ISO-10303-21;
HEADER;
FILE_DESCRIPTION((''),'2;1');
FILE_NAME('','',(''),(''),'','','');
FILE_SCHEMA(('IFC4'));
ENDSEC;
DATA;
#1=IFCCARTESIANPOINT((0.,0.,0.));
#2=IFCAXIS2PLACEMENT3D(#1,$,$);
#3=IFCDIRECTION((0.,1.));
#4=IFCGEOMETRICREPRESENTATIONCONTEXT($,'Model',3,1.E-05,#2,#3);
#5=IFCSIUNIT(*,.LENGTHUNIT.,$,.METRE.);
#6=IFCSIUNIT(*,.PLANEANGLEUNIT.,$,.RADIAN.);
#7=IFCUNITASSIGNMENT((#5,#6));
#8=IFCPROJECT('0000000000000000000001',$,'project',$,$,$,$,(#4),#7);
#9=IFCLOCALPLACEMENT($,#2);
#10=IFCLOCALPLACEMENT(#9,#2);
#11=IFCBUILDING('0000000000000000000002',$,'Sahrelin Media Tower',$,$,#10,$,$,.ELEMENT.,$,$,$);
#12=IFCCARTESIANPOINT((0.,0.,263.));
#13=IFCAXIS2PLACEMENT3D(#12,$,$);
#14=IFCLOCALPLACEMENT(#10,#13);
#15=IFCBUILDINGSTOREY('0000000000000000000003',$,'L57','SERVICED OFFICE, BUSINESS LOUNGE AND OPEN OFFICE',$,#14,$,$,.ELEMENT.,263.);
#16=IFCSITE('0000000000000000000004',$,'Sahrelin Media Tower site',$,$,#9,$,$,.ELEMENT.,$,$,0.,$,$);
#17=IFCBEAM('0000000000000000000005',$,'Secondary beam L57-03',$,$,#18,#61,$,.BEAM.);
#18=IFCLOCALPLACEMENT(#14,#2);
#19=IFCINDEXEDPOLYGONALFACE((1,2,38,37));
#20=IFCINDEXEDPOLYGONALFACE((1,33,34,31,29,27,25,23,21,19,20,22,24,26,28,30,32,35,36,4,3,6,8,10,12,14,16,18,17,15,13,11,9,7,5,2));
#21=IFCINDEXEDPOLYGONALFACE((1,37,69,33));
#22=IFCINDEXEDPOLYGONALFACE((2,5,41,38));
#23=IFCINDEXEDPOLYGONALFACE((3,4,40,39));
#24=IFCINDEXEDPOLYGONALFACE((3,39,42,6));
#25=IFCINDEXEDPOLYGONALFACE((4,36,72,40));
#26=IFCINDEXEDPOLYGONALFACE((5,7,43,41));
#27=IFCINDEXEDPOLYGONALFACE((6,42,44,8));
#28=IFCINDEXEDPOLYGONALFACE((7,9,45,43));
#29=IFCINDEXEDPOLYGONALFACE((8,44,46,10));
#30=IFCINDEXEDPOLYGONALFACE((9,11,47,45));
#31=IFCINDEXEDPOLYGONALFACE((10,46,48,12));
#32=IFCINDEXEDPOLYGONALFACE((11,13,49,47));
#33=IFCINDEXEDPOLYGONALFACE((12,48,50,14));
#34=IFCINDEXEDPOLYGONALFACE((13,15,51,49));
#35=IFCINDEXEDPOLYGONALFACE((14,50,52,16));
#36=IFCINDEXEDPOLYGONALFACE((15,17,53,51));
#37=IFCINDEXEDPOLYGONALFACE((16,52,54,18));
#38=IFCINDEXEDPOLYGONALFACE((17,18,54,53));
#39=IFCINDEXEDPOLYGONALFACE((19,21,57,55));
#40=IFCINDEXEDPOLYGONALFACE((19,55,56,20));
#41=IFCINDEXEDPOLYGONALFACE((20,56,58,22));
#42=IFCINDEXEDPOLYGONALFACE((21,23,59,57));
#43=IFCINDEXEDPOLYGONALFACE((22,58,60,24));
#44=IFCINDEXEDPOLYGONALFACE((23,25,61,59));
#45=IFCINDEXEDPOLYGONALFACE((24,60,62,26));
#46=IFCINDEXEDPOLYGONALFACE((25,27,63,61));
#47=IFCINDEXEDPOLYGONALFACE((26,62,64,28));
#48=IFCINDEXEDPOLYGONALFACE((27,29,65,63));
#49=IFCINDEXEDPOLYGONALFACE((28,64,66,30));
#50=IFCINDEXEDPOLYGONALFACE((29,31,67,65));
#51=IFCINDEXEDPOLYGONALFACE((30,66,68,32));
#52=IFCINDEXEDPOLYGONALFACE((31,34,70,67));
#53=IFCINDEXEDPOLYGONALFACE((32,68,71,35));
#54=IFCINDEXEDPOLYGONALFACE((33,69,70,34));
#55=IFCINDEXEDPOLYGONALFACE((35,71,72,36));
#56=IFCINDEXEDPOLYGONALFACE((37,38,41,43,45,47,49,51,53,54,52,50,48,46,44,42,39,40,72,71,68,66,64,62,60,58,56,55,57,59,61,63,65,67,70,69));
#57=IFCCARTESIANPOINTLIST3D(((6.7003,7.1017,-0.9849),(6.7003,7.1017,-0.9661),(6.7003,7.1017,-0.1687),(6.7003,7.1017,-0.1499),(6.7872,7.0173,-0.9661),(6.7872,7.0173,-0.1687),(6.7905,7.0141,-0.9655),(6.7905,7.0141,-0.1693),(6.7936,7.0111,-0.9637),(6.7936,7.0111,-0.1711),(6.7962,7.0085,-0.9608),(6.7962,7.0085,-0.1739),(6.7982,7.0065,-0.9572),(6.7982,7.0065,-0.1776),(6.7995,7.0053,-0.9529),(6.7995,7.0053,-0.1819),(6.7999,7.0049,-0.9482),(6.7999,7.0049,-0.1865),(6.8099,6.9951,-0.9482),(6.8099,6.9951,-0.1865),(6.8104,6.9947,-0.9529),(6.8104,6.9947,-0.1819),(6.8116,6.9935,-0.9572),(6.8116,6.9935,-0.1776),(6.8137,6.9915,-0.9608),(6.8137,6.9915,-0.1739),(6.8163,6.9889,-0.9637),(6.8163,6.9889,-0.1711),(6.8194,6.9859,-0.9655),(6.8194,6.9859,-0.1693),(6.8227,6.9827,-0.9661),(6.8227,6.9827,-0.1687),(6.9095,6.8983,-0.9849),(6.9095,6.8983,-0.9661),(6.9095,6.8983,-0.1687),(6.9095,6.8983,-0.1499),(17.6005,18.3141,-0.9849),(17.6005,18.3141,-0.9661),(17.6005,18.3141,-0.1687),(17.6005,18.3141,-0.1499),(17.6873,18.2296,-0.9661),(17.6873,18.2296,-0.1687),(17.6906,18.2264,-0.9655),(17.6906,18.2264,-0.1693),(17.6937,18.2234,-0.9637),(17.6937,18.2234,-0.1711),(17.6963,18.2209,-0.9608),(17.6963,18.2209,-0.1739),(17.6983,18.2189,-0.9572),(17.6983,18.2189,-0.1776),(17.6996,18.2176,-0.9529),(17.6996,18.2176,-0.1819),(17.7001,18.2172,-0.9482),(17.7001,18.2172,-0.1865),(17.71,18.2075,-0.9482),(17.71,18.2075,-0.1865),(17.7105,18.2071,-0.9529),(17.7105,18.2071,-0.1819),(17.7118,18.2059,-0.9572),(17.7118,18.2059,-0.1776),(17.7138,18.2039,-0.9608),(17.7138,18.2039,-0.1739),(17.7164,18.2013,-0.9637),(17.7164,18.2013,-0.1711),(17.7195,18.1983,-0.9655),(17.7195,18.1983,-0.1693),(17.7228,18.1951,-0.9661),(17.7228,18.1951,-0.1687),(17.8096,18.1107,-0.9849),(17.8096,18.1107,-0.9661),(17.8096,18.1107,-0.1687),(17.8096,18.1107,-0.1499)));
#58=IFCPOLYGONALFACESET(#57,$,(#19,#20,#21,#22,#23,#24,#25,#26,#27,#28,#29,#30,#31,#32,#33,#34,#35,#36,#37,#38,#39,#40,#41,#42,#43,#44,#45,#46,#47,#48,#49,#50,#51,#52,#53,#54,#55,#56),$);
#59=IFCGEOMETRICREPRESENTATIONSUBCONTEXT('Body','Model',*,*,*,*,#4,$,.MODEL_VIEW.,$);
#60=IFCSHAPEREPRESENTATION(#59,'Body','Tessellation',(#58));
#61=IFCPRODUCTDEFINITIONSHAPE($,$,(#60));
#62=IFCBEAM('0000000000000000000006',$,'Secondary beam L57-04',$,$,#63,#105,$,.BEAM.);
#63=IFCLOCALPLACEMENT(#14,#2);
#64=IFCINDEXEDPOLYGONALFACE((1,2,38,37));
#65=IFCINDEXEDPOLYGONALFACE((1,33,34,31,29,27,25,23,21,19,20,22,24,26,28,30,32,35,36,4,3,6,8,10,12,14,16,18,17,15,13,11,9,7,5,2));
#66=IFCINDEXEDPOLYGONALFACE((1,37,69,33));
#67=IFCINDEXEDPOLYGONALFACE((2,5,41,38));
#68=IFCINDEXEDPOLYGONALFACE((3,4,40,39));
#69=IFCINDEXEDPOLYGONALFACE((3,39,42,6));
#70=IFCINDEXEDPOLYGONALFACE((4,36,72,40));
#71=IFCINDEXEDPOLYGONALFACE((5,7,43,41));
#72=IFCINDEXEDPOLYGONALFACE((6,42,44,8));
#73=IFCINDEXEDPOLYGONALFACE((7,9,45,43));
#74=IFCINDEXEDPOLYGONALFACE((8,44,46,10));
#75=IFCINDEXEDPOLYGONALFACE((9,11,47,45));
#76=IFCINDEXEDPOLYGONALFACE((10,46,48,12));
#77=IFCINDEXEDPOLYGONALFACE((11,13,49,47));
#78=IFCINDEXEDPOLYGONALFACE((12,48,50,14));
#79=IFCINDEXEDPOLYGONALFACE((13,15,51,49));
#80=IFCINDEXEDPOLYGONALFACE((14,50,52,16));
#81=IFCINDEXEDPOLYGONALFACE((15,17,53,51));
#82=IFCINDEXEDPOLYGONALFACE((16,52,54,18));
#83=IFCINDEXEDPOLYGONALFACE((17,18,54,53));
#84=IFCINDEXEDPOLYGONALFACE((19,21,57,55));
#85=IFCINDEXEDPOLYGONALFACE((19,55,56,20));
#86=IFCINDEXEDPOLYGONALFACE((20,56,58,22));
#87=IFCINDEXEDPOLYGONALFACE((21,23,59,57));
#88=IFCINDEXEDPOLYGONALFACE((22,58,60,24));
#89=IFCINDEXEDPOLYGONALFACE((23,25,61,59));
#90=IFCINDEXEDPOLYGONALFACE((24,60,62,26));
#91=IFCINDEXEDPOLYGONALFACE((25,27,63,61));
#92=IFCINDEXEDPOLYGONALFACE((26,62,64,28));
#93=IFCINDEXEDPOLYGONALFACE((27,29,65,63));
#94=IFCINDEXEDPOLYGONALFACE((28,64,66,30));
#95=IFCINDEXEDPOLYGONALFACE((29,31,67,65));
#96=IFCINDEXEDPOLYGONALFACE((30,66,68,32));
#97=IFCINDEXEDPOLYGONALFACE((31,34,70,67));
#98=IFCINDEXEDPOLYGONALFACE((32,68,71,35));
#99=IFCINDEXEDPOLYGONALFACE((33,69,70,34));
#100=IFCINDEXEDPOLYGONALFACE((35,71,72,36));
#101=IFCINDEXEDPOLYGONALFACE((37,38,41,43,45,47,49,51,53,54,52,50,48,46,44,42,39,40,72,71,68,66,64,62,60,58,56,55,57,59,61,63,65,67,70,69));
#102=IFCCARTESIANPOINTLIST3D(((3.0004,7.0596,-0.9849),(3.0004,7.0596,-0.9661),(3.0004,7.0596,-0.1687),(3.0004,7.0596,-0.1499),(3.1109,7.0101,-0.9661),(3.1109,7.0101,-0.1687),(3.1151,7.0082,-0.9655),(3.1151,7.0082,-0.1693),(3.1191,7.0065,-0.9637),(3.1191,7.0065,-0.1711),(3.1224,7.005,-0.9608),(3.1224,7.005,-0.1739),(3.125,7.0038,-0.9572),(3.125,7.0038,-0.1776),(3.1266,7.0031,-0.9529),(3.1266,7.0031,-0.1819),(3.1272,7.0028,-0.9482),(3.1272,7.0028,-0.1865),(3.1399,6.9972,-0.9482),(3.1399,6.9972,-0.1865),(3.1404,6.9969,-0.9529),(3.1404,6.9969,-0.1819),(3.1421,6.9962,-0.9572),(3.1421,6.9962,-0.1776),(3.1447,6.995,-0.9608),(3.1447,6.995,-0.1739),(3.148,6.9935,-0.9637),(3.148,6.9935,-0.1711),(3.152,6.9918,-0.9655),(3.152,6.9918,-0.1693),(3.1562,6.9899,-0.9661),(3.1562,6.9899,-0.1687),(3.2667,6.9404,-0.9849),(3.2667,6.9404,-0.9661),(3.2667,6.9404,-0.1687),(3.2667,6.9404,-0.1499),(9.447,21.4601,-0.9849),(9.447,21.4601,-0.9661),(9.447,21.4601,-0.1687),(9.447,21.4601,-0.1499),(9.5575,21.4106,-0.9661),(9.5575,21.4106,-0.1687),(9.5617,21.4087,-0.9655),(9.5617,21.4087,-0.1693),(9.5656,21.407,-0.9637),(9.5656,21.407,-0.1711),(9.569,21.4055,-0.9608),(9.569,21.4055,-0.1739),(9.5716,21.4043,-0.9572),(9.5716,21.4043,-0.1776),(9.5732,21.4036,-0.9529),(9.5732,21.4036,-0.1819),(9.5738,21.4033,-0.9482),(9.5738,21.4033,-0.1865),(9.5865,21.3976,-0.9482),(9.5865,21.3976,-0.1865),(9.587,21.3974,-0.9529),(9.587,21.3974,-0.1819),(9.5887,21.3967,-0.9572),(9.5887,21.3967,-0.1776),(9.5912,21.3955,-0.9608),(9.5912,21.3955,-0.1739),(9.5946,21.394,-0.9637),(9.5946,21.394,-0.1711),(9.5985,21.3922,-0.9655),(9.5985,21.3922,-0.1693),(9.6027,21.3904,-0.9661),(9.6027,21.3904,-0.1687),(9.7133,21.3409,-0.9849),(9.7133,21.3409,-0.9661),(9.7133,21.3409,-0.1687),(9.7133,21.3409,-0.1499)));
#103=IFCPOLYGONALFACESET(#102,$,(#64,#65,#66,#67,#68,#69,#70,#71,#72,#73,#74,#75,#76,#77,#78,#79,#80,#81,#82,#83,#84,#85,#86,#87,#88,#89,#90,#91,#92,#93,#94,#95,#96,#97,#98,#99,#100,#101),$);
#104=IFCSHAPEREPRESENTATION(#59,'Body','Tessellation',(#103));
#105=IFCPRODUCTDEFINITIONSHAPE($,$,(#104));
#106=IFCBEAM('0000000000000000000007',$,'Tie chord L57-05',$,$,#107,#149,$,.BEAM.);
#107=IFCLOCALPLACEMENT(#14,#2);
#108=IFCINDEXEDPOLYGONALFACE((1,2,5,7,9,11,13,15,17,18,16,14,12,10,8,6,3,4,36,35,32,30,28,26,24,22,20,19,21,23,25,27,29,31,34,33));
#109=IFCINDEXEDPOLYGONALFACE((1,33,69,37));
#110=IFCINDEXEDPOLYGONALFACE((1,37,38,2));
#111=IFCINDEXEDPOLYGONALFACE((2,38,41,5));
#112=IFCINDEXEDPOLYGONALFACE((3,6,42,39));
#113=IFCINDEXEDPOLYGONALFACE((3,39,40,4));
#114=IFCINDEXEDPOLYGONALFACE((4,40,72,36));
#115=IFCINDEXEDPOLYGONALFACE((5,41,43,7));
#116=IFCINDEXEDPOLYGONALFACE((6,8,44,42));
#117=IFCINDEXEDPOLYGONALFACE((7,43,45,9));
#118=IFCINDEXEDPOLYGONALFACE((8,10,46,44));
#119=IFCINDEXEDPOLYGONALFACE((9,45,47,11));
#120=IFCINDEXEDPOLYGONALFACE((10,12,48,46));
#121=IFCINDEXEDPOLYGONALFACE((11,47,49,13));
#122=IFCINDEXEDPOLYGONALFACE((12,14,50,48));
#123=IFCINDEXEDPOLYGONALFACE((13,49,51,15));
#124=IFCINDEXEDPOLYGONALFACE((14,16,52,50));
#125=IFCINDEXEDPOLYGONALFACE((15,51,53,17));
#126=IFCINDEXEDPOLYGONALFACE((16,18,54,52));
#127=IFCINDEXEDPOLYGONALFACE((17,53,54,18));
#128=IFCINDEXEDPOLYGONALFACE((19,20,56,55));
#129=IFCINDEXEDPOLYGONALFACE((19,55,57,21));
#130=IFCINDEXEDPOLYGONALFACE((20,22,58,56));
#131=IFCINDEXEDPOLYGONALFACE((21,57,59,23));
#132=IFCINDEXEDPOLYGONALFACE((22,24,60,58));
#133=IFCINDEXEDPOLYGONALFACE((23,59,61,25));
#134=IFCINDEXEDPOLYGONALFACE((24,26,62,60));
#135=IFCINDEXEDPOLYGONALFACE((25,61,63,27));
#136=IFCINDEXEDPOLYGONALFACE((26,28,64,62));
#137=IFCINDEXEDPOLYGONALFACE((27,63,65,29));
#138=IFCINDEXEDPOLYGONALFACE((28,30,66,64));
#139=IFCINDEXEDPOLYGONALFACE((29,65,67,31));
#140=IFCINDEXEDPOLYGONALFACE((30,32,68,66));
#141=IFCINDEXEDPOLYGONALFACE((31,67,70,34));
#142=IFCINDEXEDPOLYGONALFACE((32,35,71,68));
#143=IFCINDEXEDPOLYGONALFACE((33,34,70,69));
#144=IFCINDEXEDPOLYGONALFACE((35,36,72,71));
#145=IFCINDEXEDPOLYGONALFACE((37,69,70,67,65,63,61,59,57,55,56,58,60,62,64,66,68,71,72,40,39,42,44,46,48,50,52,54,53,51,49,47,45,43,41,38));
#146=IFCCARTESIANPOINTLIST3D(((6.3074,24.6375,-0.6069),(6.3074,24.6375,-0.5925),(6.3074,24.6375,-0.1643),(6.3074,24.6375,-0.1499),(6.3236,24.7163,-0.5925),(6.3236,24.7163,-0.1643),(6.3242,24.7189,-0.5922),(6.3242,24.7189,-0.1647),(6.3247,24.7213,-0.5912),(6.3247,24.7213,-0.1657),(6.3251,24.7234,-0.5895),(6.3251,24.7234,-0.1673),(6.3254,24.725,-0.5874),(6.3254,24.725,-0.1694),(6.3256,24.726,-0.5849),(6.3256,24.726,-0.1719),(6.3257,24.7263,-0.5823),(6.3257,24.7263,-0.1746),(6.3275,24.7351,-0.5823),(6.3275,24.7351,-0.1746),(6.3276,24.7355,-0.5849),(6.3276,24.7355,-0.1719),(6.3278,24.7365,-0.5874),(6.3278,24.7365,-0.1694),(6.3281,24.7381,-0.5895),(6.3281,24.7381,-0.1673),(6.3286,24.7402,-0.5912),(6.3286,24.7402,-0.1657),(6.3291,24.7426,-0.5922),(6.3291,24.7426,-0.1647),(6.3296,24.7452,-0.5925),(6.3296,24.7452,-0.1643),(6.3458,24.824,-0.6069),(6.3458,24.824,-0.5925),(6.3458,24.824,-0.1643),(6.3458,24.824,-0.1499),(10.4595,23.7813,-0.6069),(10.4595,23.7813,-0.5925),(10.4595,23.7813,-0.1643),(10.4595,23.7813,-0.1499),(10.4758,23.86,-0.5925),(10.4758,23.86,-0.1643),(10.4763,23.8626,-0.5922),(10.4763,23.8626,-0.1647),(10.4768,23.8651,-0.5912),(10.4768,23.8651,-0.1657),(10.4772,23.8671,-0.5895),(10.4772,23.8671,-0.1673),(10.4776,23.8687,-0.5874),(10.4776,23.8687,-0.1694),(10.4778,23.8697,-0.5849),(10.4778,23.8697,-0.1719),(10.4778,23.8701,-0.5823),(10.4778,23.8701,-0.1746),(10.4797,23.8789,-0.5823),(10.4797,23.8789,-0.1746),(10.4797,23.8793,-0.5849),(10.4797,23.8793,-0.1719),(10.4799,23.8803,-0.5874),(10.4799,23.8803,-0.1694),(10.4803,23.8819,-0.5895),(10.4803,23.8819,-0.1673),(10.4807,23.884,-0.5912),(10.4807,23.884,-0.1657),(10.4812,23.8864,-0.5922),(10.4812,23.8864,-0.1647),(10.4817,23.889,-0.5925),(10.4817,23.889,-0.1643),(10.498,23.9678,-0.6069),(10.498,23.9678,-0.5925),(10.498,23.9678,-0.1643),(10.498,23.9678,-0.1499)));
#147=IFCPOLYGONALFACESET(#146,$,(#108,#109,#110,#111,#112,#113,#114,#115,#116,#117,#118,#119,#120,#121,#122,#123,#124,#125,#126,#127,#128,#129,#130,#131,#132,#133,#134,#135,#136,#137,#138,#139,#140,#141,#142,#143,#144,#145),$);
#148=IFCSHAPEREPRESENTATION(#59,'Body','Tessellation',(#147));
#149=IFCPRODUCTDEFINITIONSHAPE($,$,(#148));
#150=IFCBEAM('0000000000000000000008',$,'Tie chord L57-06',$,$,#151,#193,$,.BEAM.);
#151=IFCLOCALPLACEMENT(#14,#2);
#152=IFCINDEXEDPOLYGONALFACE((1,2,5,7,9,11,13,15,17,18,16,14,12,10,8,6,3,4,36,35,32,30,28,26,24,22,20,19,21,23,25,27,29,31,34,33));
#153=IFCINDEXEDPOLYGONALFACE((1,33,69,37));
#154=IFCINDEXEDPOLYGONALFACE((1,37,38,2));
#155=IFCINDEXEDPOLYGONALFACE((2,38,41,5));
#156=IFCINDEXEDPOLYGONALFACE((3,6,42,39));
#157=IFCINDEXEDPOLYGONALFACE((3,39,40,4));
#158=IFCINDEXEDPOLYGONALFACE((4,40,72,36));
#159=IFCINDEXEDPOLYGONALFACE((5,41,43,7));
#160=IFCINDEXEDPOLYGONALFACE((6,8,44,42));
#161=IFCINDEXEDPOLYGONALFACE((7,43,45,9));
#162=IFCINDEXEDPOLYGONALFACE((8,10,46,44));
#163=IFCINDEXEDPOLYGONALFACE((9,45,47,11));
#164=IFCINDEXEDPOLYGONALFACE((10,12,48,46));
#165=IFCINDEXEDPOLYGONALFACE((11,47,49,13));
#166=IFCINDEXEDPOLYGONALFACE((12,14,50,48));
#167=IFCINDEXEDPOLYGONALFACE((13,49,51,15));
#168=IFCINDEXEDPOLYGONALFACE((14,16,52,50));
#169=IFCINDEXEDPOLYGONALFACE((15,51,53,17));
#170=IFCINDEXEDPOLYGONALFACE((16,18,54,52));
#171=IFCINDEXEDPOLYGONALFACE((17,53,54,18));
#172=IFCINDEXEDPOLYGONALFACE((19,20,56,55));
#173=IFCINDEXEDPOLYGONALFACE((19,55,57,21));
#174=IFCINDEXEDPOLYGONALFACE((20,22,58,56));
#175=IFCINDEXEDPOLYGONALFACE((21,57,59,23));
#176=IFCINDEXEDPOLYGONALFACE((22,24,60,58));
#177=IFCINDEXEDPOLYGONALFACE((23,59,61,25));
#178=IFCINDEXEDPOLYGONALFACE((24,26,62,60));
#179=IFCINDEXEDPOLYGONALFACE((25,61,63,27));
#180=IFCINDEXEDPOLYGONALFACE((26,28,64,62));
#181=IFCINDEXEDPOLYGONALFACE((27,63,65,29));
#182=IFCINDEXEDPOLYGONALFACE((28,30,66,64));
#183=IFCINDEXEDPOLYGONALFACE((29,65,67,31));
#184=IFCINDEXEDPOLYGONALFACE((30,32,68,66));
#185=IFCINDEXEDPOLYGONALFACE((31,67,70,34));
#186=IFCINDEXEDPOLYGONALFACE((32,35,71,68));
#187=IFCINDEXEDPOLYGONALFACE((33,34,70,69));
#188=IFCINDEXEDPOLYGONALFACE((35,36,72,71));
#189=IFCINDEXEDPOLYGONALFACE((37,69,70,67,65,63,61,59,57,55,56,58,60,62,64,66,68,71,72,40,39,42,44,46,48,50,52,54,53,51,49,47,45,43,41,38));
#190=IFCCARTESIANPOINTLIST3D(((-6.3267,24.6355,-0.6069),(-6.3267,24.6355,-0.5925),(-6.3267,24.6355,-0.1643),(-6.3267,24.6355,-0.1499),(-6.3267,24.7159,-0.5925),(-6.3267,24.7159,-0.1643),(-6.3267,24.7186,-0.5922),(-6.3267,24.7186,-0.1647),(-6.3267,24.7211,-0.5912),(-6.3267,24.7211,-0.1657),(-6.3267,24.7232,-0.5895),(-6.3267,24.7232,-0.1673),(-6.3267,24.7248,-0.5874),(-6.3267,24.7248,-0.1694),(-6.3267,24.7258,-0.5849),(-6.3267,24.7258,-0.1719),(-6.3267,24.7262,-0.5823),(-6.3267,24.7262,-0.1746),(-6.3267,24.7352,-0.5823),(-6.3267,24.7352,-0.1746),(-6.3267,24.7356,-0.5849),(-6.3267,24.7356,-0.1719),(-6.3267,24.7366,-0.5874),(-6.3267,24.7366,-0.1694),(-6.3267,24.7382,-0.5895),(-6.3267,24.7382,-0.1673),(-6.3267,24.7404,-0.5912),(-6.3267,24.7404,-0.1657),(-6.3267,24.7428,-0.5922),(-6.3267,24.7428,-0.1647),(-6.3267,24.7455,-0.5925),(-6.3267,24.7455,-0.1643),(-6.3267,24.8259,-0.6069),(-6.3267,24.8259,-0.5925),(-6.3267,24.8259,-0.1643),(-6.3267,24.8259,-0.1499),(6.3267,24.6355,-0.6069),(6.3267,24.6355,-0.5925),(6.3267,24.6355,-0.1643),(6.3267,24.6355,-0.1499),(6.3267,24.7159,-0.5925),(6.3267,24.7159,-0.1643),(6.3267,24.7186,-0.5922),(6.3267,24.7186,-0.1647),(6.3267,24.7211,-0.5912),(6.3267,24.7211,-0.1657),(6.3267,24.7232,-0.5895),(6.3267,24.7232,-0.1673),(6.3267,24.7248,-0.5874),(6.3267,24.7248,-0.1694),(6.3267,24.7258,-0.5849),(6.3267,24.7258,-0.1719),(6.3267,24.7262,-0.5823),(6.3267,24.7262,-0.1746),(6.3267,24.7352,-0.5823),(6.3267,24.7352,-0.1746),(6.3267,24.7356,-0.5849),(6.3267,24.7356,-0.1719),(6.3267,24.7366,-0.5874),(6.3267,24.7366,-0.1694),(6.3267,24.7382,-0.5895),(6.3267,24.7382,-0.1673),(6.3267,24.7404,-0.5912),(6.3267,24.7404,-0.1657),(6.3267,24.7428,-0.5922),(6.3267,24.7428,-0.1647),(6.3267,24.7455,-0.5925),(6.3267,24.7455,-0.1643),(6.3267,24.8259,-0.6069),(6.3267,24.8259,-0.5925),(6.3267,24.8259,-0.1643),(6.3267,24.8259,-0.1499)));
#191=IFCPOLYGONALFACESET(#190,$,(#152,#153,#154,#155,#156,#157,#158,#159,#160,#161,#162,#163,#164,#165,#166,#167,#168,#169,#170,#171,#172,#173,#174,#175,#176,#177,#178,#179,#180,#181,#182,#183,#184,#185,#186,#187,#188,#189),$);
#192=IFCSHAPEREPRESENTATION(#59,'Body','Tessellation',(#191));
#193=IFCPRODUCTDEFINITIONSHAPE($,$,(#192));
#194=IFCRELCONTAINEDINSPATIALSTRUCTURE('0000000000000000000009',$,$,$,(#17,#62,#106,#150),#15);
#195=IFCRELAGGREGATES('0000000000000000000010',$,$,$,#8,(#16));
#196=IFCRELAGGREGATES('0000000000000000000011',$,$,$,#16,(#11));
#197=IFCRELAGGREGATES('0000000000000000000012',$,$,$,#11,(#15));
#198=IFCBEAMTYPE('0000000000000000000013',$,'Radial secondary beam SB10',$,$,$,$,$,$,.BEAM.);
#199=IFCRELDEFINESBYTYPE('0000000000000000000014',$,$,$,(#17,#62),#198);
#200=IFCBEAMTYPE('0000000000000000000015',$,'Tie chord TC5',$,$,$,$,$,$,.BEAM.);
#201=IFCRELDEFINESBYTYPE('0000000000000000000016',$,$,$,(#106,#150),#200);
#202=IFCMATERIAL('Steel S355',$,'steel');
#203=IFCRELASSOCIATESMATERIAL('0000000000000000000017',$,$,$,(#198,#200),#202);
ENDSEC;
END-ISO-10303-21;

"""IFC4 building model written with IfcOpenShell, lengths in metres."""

from ifc_helpers import new_model, si_unit, direction, frame, origin, origin_2d, place, context, subcontext, project, spatial, i_section, extrude, material, material_profile, profile_set, type_object, element, save


model = new_model("IFC4")

# Units and contexts
model_context = context("Model", 3, precision=1e-05, world=origin(), true_north=direction((0.0, 1.0)))
body_context = subcontext(model_context, "Body", "Model", "MODEL_VIEW")
ifc_project = project(units=[si_unit("LENGTHUNIT", "METRE"), si_unit("PLANEANGLEUNIT", "RADIAN")], contexts=[model_context])

# Site, building, storey
site_placement = place(None, origin())
site = spatial("IfcSite", under=ifc_project, at=site_placement, Name="Sahrelin Media Tower site", CompositionType="ELEMENT", RefElevation=0.0)
building_placement = place(site_placement, origin())
building = spatial("IfcBuilding", under=site, at=building_placement, Name="Sahrelin Media Tower", CompositionType="ELEMENT")
storey_placement = place(building_placement, frame((0.0, 0.0, 263.0)))
storey = spatial("IfcBuildingStorey", under=building, at=storey_placement, Name="L57", Description="SERVICED OFFICE, BUSINESS LOUNGE AND OPEN OFFICE", CompositionType="ELEMENT", Elevation=263.0)

# Shared definitions
ifc_material_1 = material(Name="Steel S355", Category="steel")

# Beams
ifc_material_profile_1 = material_profile(ifc_material_1, i_section(OverallWidth=0.2917, OverallDepth=0.835, WebThickness=0.0139, FlangeThickness=0.0188, FilletRadius=0.0178, at=origin_2d()), Name="UB 838x292x176")
ifc_profile_set_1 = profile_set([ifc_material_profile_1], Name="Steel S355")
beam_type_1 = type_object("IfcBeamType", Name="Radial secondary beam SB10", PredefinedType="BEAM", material=ifc_profile_set_1)
beam_1_placement = place(storey_placement, frame((6.8049, 7.0, -0.5674), z_axis=(0.697052, 0.71702, 0.0), x_axis=(-0.71702, 0.697052, 0.0)))
element("IfcBeam", 1, at=beam_1_placement, inside=storey, type_object=beam_type_1, Name="Secondary beam L57-03", PredefinedType="BEAM", context=body_context, shape_type="SweptSolid", body=[
    extrude(i_section(OverallWidth=0.2917, OverallDepth=0.835, WebThickness=0.0139, FlangeThickness=0.0188, FilletRadius=0.0178, at=origin_2d()), origin(), (0.0, 0.0, 1.0), 15.6375),
])
beam_2_placement = place(storey_placement, frame((3.1335, 7.0, -0.5674), z_axis=(0.408591, 0.912718, 0.0), x_axis=(-0.912718, 0.408591, 0.0)))
element("IfcBeam", 2, at=beam_2_placement, inside=storey, type_object=beam_type_1, Name="Secondary beam L57-04", PredefinedType="BEAM", context=body_context, shape_type="SweptSolid", body=[
    extrude(i_section(OverallWidth=0.2917, OverallDepth=0.835, WebThickness=0.0139, FlangeThickness=0.0188, FilletRadius=0.0178, at=origin_2d()), origin(), (0.0, 0.0, 1.0), 15.7776),
])
ifc_material_profile_2 = material_profile(ifc_material_1, i_section(OverallWidth=0.1904, OverallDepth=0.457, WebThickness=0.009, FlangeThickness=0.0144, FilletRadius=0.0103, at=origin_2d()), Name="UB 457x191x74")
ifc_profile_set_2 = profile_set([ifc_material_profile_2], Name="Steel S355")
beam_type_2 = type_object("IfcBeamType", Name="Tie chord TC5", PredefinedType="BEAM", material=ifc_profile_set_2)
beam_3_placement = place(storey_placement, frame((10.4788, 23.8745, -0.3784), z_axis=(-0.979394, 0.20196, 0.0), x_axis=(-0.20196, -0.979394, 0.0)))
element("IfcBeam", 3, at=beam_3_placement, inside=storey, type_object=beam_type_2, Name="Tie chord L57-05", PredefinedType="BEAM", context=body_context, shape_type="SweptSolid", body=[
    extrude(i_section(OverallWidth=0.1904, OverallDepth=0.457, WebThickness=0.009, FlangeThickness=0.0144, FilletRadius=0.0103, at=origin_2d()), origin(), (0.0, 0.0, 1.0), 4.2395),
])
beam_4_placement = place(storey_placement, frame((6.3267, 24.7307, -0.3784), z_axis=(-1.0, 0.0, 0.0), x_axis=(0.0, -1.0, 0.0)))
element("IfcBeam", 4, at=beam_4_placement, inside=storey, type_object=beam_type_2, Name="Tie chord L57-06", PredefinedType="BEAM", context=body_context, shape_type="SweptSolid", body=[
    extrude(i_section(OverallWidth=0.1904, OverallDepth=0.457, WebThickness=0.009, FlangeThickness=0.0144, FilletRadius=0.0103, at=origin_2d()), origin(), (0.0, 0.0, 1.0), 12.6533),
])

save(model, "model.ifc")
